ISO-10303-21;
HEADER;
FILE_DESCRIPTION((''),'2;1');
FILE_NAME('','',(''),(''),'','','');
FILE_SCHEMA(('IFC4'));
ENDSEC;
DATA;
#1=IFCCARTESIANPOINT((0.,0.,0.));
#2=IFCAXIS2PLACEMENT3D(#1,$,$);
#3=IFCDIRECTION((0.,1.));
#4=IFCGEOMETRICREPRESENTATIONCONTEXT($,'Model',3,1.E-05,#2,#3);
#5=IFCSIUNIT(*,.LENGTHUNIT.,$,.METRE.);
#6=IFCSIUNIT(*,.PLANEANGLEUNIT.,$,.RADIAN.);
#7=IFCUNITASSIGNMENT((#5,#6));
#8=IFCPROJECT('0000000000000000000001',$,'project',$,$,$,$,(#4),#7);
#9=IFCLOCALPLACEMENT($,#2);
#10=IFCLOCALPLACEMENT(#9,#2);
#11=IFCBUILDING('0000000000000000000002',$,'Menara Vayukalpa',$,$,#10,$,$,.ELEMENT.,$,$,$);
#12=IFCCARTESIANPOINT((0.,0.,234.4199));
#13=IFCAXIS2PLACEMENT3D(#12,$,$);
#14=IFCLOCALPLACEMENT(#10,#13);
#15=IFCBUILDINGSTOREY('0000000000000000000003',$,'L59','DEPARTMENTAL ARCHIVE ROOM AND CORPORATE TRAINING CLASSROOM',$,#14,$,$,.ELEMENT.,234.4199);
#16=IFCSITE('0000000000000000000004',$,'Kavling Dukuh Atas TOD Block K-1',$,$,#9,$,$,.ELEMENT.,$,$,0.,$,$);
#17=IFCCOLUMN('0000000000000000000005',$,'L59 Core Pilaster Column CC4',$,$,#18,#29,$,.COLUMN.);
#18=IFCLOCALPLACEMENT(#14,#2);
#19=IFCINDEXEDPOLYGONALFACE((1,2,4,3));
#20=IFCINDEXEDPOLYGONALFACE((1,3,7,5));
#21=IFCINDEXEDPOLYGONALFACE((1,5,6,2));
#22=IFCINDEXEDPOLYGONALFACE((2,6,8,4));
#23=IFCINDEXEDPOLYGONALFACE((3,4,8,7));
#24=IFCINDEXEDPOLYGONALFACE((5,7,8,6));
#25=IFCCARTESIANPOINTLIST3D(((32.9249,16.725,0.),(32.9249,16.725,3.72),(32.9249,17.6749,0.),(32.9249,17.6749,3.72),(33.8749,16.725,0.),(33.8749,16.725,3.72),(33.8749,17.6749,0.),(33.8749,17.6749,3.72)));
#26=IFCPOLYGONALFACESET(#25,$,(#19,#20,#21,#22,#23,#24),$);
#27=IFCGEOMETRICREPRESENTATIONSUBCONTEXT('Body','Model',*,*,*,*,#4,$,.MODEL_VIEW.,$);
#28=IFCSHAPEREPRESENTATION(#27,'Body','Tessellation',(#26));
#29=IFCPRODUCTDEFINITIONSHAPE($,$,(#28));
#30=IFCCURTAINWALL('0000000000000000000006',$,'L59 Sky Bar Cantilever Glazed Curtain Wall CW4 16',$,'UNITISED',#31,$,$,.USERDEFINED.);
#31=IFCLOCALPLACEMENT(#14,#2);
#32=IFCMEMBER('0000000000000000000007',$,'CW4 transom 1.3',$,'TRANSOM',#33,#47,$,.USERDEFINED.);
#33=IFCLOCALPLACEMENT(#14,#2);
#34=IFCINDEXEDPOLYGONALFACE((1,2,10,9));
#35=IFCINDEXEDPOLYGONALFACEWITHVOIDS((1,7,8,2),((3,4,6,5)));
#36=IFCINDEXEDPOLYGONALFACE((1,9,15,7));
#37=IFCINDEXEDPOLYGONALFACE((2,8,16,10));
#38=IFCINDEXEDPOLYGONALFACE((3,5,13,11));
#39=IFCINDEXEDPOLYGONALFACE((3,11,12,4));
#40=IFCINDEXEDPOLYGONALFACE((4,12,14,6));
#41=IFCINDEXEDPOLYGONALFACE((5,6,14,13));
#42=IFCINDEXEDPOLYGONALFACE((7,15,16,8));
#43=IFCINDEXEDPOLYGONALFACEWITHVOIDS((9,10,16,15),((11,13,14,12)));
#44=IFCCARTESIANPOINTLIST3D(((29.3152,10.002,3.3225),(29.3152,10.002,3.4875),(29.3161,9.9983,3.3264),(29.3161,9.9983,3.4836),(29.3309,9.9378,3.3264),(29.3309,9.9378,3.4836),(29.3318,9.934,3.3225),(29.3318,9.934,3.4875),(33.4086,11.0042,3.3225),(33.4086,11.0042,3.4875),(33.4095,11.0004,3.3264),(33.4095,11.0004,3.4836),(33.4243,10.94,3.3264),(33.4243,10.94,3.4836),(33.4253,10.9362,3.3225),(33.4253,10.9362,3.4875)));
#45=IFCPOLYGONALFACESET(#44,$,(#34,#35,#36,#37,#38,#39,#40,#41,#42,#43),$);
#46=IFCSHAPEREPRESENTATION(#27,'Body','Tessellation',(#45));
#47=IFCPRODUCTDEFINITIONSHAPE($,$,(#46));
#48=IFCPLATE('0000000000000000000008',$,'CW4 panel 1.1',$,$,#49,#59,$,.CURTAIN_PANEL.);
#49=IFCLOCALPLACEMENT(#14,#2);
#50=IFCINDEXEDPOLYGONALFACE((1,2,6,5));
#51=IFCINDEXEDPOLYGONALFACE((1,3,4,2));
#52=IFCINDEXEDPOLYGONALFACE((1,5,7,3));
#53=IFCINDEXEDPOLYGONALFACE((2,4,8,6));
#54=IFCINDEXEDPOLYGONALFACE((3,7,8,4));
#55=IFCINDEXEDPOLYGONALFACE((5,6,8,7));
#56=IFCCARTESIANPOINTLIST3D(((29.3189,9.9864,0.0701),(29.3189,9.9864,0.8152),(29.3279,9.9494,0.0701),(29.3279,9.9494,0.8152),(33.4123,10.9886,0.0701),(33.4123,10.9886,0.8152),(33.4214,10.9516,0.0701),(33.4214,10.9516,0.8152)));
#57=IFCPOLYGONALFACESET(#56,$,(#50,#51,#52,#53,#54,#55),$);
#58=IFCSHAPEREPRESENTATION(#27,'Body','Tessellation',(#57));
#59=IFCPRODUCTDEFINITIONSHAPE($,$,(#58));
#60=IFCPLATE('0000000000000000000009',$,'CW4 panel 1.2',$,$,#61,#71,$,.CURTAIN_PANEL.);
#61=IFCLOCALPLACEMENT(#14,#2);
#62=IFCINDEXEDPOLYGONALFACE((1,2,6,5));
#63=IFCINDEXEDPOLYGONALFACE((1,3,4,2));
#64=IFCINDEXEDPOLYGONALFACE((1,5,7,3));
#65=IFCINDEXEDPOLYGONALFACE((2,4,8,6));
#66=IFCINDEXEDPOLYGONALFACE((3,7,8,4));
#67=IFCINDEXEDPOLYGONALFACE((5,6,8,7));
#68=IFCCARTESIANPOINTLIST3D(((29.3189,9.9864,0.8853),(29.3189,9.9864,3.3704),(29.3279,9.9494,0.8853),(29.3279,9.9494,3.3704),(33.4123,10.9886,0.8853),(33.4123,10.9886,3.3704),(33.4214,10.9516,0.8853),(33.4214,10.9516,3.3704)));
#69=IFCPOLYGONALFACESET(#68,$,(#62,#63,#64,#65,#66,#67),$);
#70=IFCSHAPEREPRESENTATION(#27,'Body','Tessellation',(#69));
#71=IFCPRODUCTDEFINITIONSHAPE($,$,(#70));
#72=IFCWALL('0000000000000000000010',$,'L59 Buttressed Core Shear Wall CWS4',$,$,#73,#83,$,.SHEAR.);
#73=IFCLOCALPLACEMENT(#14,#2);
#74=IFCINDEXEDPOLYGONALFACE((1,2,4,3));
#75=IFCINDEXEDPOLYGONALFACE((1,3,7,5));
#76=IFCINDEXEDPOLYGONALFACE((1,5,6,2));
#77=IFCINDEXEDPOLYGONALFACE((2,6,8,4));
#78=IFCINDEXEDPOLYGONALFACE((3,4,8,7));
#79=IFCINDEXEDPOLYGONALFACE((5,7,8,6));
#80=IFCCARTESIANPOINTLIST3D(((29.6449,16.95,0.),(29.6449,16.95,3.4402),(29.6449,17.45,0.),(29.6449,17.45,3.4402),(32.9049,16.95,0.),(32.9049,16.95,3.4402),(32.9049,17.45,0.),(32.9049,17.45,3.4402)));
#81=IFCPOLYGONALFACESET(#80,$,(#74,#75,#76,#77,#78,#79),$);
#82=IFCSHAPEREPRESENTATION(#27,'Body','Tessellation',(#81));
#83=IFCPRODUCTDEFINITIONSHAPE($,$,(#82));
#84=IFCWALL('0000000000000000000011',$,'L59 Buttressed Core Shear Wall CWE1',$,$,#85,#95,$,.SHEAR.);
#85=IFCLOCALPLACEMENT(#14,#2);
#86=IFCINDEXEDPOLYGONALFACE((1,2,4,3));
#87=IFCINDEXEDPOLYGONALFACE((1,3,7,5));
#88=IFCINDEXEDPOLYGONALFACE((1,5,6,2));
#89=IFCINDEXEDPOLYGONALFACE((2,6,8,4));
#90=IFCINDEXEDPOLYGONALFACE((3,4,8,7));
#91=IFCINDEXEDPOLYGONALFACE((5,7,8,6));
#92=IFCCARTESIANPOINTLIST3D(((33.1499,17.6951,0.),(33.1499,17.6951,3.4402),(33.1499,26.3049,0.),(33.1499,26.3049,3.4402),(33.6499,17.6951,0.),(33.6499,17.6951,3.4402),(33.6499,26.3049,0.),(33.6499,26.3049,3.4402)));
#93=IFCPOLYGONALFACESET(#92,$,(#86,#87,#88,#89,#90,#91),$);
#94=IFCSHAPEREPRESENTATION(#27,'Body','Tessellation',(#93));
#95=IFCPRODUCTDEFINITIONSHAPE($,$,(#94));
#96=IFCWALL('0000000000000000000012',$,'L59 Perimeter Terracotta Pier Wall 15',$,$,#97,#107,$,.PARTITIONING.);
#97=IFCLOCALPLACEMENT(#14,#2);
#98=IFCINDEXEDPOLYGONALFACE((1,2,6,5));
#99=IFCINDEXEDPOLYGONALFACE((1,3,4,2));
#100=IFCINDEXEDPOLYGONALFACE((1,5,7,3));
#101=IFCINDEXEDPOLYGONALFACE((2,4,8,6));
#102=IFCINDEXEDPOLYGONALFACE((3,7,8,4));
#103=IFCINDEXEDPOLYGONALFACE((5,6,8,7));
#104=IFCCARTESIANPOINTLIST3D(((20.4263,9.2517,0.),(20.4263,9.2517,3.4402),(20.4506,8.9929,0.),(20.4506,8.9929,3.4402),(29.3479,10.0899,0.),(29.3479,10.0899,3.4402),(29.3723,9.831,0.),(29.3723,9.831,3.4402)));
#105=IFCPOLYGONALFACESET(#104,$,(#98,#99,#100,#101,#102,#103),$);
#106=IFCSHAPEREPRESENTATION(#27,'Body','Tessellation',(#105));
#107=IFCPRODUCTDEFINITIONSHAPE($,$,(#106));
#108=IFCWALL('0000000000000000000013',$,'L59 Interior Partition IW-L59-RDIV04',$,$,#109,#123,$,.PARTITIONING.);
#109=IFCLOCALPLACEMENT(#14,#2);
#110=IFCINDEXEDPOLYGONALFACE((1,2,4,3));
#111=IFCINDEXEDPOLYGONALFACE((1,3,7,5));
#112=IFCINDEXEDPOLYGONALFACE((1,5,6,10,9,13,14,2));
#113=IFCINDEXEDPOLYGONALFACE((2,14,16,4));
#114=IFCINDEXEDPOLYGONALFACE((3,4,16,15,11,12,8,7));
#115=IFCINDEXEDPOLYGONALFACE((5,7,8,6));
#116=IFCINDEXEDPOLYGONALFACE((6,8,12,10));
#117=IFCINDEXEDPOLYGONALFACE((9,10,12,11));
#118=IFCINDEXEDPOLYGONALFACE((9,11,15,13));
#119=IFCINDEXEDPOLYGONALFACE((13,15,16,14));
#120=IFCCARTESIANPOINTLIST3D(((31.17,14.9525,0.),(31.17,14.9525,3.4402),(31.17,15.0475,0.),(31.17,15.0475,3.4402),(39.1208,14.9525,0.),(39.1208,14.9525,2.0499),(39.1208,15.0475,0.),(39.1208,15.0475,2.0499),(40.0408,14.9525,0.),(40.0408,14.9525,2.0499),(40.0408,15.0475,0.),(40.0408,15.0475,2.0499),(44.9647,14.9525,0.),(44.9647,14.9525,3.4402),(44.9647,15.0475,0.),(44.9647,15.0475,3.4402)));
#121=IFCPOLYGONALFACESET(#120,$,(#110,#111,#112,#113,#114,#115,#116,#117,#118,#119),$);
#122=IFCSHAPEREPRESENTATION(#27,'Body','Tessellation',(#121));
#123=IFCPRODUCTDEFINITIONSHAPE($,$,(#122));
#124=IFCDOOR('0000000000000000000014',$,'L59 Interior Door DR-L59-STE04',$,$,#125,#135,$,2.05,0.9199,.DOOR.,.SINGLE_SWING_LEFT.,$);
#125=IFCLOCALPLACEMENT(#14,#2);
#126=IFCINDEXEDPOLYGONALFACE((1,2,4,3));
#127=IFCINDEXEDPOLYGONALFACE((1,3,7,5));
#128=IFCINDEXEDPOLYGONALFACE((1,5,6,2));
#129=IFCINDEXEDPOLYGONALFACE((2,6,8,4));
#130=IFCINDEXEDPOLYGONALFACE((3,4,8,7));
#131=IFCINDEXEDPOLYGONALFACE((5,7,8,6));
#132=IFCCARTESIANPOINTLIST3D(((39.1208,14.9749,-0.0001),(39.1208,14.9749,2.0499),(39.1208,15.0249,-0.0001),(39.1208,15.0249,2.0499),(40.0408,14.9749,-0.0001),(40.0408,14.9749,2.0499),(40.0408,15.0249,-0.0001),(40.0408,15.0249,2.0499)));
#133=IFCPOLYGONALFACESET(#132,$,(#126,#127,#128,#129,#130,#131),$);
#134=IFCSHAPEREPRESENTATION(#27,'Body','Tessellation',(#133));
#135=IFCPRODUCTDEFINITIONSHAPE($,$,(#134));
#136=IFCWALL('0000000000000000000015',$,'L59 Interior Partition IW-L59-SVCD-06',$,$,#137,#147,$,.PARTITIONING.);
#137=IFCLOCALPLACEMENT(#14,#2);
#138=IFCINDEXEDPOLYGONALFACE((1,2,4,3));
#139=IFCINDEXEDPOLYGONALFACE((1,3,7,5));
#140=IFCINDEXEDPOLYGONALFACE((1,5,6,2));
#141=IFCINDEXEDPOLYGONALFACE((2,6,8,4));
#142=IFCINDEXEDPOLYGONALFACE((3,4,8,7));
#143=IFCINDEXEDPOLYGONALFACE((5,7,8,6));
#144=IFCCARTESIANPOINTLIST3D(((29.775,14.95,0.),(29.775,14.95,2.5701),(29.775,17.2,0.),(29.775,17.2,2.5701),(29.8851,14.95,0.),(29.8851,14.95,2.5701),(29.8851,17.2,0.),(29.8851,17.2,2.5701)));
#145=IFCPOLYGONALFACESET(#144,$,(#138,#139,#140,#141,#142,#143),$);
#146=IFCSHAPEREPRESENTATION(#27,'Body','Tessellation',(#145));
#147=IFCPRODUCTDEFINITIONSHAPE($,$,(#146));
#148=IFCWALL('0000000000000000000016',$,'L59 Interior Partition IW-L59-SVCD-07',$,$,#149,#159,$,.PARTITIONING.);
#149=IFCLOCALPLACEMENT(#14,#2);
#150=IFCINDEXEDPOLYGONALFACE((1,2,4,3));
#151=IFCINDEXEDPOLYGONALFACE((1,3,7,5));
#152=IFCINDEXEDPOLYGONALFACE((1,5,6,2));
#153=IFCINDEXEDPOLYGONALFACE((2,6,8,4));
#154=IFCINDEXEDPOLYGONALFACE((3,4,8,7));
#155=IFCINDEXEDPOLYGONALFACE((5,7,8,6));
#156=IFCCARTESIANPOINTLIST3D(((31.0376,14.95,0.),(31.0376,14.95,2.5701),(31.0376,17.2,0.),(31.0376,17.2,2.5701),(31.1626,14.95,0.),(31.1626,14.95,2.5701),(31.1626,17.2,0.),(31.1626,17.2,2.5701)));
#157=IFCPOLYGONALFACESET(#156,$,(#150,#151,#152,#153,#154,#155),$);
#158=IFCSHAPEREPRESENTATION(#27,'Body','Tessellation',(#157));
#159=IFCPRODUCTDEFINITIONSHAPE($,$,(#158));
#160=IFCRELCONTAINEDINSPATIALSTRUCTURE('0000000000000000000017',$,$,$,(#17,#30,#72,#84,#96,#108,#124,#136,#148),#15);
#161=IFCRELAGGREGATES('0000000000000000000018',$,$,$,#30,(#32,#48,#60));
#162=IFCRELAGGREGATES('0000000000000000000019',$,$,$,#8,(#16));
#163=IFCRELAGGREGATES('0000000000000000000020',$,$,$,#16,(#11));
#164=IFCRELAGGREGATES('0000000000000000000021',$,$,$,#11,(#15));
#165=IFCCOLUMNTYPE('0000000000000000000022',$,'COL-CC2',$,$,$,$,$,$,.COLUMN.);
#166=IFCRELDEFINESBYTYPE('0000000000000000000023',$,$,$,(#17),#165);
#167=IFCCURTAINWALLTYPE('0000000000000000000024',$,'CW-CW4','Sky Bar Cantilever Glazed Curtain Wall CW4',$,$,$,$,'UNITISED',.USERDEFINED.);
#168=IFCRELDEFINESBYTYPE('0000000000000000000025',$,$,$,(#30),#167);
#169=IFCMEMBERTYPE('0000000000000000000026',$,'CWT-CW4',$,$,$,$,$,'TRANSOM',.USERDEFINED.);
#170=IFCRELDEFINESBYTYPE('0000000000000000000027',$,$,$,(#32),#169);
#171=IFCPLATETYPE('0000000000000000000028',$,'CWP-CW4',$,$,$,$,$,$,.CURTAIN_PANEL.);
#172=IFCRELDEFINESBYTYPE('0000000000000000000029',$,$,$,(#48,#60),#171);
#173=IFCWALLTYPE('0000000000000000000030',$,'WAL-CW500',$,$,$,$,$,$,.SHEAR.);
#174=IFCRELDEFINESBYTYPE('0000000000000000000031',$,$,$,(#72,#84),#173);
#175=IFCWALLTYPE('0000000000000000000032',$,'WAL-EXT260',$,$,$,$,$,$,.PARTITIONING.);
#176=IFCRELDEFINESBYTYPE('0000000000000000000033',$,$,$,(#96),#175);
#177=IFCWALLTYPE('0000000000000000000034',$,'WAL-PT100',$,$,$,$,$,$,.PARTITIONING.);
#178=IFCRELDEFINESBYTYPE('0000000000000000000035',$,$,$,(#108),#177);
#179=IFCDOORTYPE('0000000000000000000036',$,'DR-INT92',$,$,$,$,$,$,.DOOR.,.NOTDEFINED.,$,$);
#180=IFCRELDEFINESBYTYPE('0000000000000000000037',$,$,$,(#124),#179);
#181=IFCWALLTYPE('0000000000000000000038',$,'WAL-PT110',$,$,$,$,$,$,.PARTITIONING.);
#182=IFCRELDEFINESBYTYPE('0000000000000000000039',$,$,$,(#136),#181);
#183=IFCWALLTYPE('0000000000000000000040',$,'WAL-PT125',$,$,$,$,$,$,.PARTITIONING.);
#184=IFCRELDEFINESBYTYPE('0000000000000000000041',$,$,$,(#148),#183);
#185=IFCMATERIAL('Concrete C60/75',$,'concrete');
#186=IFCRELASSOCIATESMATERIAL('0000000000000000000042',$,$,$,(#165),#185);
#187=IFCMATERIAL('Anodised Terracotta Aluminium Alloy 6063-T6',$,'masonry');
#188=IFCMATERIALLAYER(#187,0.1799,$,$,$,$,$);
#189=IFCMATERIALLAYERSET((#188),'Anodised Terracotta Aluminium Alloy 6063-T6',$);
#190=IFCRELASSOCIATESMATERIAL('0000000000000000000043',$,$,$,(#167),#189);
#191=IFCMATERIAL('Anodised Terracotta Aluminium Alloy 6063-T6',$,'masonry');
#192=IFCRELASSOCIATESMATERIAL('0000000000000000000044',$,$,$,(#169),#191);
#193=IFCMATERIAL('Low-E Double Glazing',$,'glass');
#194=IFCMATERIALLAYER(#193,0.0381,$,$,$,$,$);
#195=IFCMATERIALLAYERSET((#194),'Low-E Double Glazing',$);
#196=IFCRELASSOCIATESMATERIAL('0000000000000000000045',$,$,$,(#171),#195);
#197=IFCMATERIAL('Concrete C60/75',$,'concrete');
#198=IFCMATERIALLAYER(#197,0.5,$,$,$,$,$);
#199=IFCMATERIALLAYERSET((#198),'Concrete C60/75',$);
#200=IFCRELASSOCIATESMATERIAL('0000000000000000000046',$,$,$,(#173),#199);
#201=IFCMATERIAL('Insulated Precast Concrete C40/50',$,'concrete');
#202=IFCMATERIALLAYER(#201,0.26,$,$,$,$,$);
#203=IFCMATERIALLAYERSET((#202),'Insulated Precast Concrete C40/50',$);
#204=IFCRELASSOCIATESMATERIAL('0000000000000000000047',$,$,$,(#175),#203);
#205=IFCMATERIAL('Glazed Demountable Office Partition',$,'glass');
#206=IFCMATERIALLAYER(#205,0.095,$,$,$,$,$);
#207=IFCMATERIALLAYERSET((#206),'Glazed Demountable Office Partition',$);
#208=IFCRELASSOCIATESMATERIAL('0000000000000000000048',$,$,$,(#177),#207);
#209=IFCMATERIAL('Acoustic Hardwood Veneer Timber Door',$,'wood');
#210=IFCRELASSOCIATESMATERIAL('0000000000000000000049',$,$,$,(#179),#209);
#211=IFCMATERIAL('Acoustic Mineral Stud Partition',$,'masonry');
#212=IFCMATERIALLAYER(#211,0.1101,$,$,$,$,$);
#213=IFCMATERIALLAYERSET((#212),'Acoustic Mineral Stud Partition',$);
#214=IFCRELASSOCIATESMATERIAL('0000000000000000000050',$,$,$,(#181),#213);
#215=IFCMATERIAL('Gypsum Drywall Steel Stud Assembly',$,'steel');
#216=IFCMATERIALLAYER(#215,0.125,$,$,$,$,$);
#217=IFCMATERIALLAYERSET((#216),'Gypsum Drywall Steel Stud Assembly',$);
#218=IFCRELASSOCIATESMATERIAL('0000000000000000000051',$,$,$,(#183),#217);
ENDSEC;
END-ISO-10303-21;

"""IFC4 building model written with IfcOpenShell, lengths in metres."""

from ifc_helpers import new_model, si_unit, direction, frame, frame_2d, origin, origin_2d, place, context, subcontext, project, spatial, rectangle, hollow_rectangle, extrude, material, layer, layer_set, material_profile, profile_set, type_object, element, fill, aggregate, save


model = new_model("IFC4")

# Units and contexts
model_context = context("Model", 3, precision=1e-05, world=origin(), true_north=direction((0.0, 1.0)))
body_context = subcontext(model_context, "Body", "Model", "MODEL_VIEW")
ifc_project = project(units=[si_unit("LENGTHUNIT", "METRE"), si_unit("PLANEANGLEUNIT", "RADIAN")], contexts=[model_context])

# Site, building, storey
site_placement = place(None, origin())
site = spatial("IfcSite", under=ifc_project, at=site_placement, Name="Kavling Dukuh Atas TOD Block K-1", CompositionType="ELEMENT", RefElevation=0.0)
building_placement = place(site_placement, origin())
building = spatial("IfcBuilding", under=site, at=building_placement, Name="Menara Vayukalpa", CompositionType="ELEMENT")
storey_placement = place(building_placement, frame((0.0, 0.0, 234.4199)))
storey = spatial("IfcBuildingStorey", under=building, at=storey_placement, Name="L59", Description="DEPARTMENTAL ARCHIVE ROOM AND CORPORATE TRAINING CLASSROOM", CompositionType="ELEMENT", Elevation=234.4199)

# Column
ifc_material_1 = material(Name="Concrete C60/75", Category="concrete")
ifc_material_profile_1 = material_profile(ifc_material_1, rectangle(XDim=0.95, YDim=0.95, at=origin_2d()), Name="RC 950x950")
ifc_profile_set_1 = profile_set([ifc_material_profile_1], Name="Concrete C60/75")
column_type = type_object("IfcColumnType", Name="COL-CC2", PredefinedType="COLUMN", material=ifc_profile_set_1)
column_placement = place(storey_placement, frame((33.3999, 17.2, 0.0), z_axis=(0.0, 0.0, 1.0), x_axis=(1.0, 0.0, 0.0)))
element("IfcColumn", 1, at=column_placement, inside=storey, type_object=column_type, Name="L59 Core Pilaster Column CC4", PredefinedType="COLUMN", context=body_context, shape_type="SweptSolid", body=[
    extrude(rectangle(XDim=0.95, YDim=0.95, at=origin_2d()), origin(), (0.0, 0.0, 1.0), 3.72),
])

# Curtain wall, member, plates
ifc_material_2 = material(Name="Anodised Terracotta Aluminium Alloy 6063-T6", Category="masonry")
ifc_layer_1 = layer(ifc_material_2, 0.1799)
ifc_layer_set_1 = layer_set([ifc_layer_1], Name="Anodised Terracotta Aluminium Alloy 6063-T6")
curtain_wall_type = type_object("IfcCurtainWallType", Name="CW-CW4", Description="Sky Bar Cantilever Glazed Curtain Wall CW4", ElementType="UNITISED", PredefinedType="USERDEFINED", material=ifc_layer_set_1)
curtain_wall_placement = place(storey_placement, origin())
curtain_wall = element("IfcCurtainWall", 2, at=curtain_wall_placement, inside=storey, type_object=curtain_wall_type, Name="L59 Sky Bar Cantilever Glazed Curtain Wall CW4 16", ObjectType="UNITISED", PredefinedType="USERDEFINED")
ifc_material_3 = material(Name="Anodised Terracotta Aluminium Alloy 6063-T6", Category="masonry")
ifc_material_profile_2 = material_profile(ifc_material_3, hollow_rectangle(XDim=0.0701, YDim=0.165, WallThickness=0.0039, at=origin_2d()), Name="ALU 70x165x4")
ifc_profile_set_2 = profile_set([ifc_material_profile_2], Name="Anodised Terracotta Aluminium Alloy 6063-T6")
member_type = type_object("IfcMemberType", Name="CWT-CW4", ElementType="TRANSOM", PredefinedType="USERDEFINED", material=ifc_profile_set_2)
member_placement = place(storey_placement, frame((29.3235, 9.968, 3.405), z_axis=(0.971313, 0.237803, 0.0), x_axis=(-0.237803, 0.971313, 0.0)))
member = element("IfcMember", 3, at=member_placement, type_object=member_type, Name="CW4 transom 1.3", ObjectType="TRANSOM", PredefinedType="USERDEFINED", context=body_context, shape_type="SweptSolid", body=[
    extrude(hollow_rectangle(XDim=0.0701, YDim=0.165, WallThickness=0.0039, at=origin_2d()), origin(), (0.0, 0.0, 1.0), 4.2144),
])
ifc_material_4 = material(Name="Low-E Double Glazing", Category="glass")
ifc_layer_2 = layer(ifc_material_4, 0.0381)
ifc_layer_set_2 = layer_set([ifc_layer_2], Name="Low-E Double Glazing")
plate_type = type_object("IfcPlateType", Name="CWP-CW4", PredefinedType="CURTAIN_PANEL", material=ifc_layer_set_2)
plate_1_placement = place(storey_placement, frame((31.3701, 10.469, 0.0701), z_axis=(0.0, 0.0, 1.0), x_axis=(0.971312, 0.23781, 0.0)))
plate_1 = element("IfcPlate", 4, at=plate_1_placement, type_object=plate_type, Name="CW4 panel 1.1", PredefinedType="CURTAIN_PANEL", context=body_context, shape_type="SweptSolid", body=[
    extrude(rectangle(XDim=4.2144, YDim=0.0381, at=origin_2d()), origin(), (0.0, 0.0, 1.0), 0.7451),
])
plate_2_placement = place(storey_placement, frame((31.3701, 10.469, 0.8853), z_axis=(0.0, 0.0, 1.0), x_axis=(0.971312, 0.23781, 0.0)))
plate_2 = element("IfcPlate", 5, at=plate_2_placement, type_object=plate_type, Name="CW4 panel 1.2", PredefinedType="CURTAIN_PANEL", context=body_context, shape_type="SweptSolid", body=[
    extrude(rectangle(XDim=4.2144, YDim=0.0381, at=origin_2d()), origin(), (0.0, 0.0, 1.0), 2.4851),
])
aggregate(curtain_wall, [member, plate_1, plate_2])

# Walls
ifc_material_5 = material(Name="Concrete C60/75", Category="concrete")
ifc_layer_3 = layer(ifc_material_5, 0.5)
ifc_layer_set_3 = layer_set([ifc_layer_3], Name="Concrete C60/75")
wall_type_1 = type_object("IfcWallType", Name="WAL-CW500", PredefinedType="SHEAR", material=ifc_layer_set_3)
wall_1_placement = place(storey_placement, frame((29.645, 17.2, 0.0), z_axis=(0.0, 0.0, 1.0), x_axis=(1.0, 0.0, 0.0)))
element("IfcWall", 6, at=wall_1_placement, inside=storey, type_object=wall_type_1, Name="L59 Buttressed Core Shear Wall CWS4", PredefinedType="SHEAR", context=body_context, shape_type="SweptSolid", body=[
    extrude(rectangle(XDim=3.26, YDim=0.5, at=frame_2d((1.6299, 0.0))), origin(), (0.0, 0.0, 1.0), 3.4402),
])
wall_2_placement = place(storey_placement, frame((33.3999, 17.6951, 0.0), z_axis=(0.0, 0.0, 1.0), x_axis=(0.0, 1.0, 0.0)))
element("IfcWall", 7, at=wall_2_placement, inside=storey, type_object=wall_type_1, Name="L59 Buttressed Core Shear Wall CWE1", PredefinedType="SHEAR", context=body_context, shape_type="SweptSolid", body=[
    extrude(rectangle(XDim=8.6099, YDim=0.5, at=frame_2d((4.3049, 0.0))), origin(), (0.0, 0.0, 1.0), 3.4402),
])
ifc_material_6 = material(Name="Insulated Precast Concrete C40/50", Category="concrete")
ifc_layer_4 = layer(ifc_material_6, 0.26)
ifc_layer_set_4 = layer_set([ifc_layer_4], Name="Insulated Precast Concrete C40/50")
wall_type_2 = type_object("IfcWallType", Name="WAL-EXT260", PredefinedType="PARTITIONING", material=ifc_layer_set_4)
wall_3_placement = place(storey_placement, frame((29.3601, 9.9604, 0.0), z_axis=(0.0, 0.0, 1.0), x_axis=(-0.995616, -0.093532, 0.0)))
element("IfcWall", 8, at=wall_3_placement, inside=storey, type_object=wall_type_2, Name="L59 Perimeter Terracotta Pier Wall 15", PredefinedType="PARTITIONING", context=body_context, shape_type="SweptSolid", body=[
    extrude(rectangle(XDim=8.9609, YDim=0.26, at=frame_2d((4.4805, 0.0))), origin(), (0.0, 0.0, 1.0), 3.4402),
])

# Wall, opening, door
ifc_material_7 = material(Name="Glazed Demountable Office Partition", Category="glass")
ifc_layer_5 = layer(ifc_material_7, 0.095)
ifc_layer_set_5 = layer_set([ifc_layer_5], Name="Glazed Demountable Office Partition")
wall_type_3 = type_object("IfcWallType", Name="WAL-PT100", PredefinedType="PARTITIONING", material=ifc_layer_set_5)
wall_4_placement = place(storey_placement, frame((31.1699, 15.0, 0.0), z_axis=(0.0, 0.0, 1.0), x_axis=(1.0, 0.0, 0.0)))
wall_4 = element("IfcWall", 9, at=wall_4_placement, inside=storey, type_object=wall_type_3, Name="L59 Interior Partition IW-L59-RDIV04", PredefinedType="PARTITIONING", context=body_context, shape_type="SweptSolid", body=[
    extrude(rectangle(XDim=13.7947, YDim=0.095, at=frame_2d((6.8975, 0.0))), origin(), (0.0, 0.0, 1.0), 3.4402),
])
opening_1_placement = place(wall_4_placement, frame((7.9509, 0.0, 0.0)))
opening_1 = element("IfcOpeningElement", 10, at=opening_1_placement, cuts=wall_4, PredefinedType="OPENING", context=body_context, shape_type="SweptSolid", body=[
    extrude(rectangle(XDim=0.9199, YDim=2.05, at=frame_2d((0.46, 1.0249))), frame((0.0, 0.0574, 0.0), z_axis=(0.0, -1.0, 0.0), x_axis=(1.0, 0.0, 0.0)), (0.0, 0.0, 1.0), 0.115),
])
ifc_material_8 = material(Name="Acoustic Hardwood Veneer Timber Door", Category="wood")
door_type_1 = type_object("IfcDoorType", Name="DR-INT92", OperationType="NOTDEFINED", PredefinedType="DOOR", material=ifc_material_8)
door_1_placement = place(opening_1_placement, origin())
door_1 = element("IfcDoor", 11, at=door_1_placement, inside=storey, type_object=door_type_1, Name="L59 Interior Door DR-L59-STE04", OperationType="SINGLE_SWING_LEFT", OverallHeight=2.05, OverallWidth=0.9199, PredefinedType="DOOR", context=body_context, shape_type="SweptSolid", body=[
    extrude(rectangle(XDim=0.9199, YDim=2.05, at=frame_2d((0.46, 1.0249))), frame((0.0, 0.0249, 0.0), z_axis=(0.0, -1.0, 0.0), x_axis=(1.0, 0.0, 0.0)), (0.0, 0.0, 1.0), 0.05),
])
fill(opening_1, door_1)

# Walls
ifc_material_9 = material(Name="Acoustic Mineral Stud Partition", Category="masonry")
ifc_layer_6 = layer(ifc_material_9, 0.1101)
ifc_layer_set_6 = layer_set([ifc_layer_6], Name="Acoustic Mineral Stud Partition")
wall_type_4 = type_object("IfcWallType", Name="WAL-PT110", PredefinedType="PARTITIONING", material=ifc_layer_set_6)
wall_5_placement = place(storey_placement, frame((29.8301, 14.95, 0.0), z_axis=(0.0, 0.0, 1.0), x_axis=(0.0, 1.0, 0.0)))
element("IfcWall", 12, at=wall_5_placement, inside=storey, type_object=wall_type_4, Name="L59 Interior Partition IW-L59-SVCD-06", PredefinedType="PARTITIONING", context=body_context, shape_type="SweptSolid", body=[
    extrude(rectangle(XDim=2.25, YDim=0.1101, at=frame_2d((1.125, 0.0))), origin(), (0.0, 0.0, 1.0), 2.5701),
])
ifc_material_10 = material(Name="Gypsum Drywall Steel Stud Assembly", Category="steel")
ifc_layer_7 = layer(ifc_material_10, 0.125)
ifc_layer_set_7 = layer_set([ifc_layer_7], Name="Gypsum Drywall Steel Stud Assembly")
wall_type_5 = type_object("IfcWallType", Name="WAL-PT125", PredefinedType="PARTITIONING", material=ifc_layer_set_7)
wall_6_placement = place(storey_placement, frame((31.1001, 14.95, 0.0), z_axis=(0.0, 0.0, 1.0), x_axis=(0.0, 1.0, 0.0)))
element("IfcWall", 13, at=wall_6_placement, inside=storey, type_object=wall_type_5, Name="L59 Interior Partition IW-L59-SVCD-07", PredefinedType="PARTITIONING", context=body_context, shape_type="SweptSolid", body=[
    extrude(rectangle(XDim=2.25, YDim=0.125, at=frame_2d((1.125, 0.0))), origin(), (0.0, 0.0, 1.0), 2.5701),
])

save(model, "model.ifc")
